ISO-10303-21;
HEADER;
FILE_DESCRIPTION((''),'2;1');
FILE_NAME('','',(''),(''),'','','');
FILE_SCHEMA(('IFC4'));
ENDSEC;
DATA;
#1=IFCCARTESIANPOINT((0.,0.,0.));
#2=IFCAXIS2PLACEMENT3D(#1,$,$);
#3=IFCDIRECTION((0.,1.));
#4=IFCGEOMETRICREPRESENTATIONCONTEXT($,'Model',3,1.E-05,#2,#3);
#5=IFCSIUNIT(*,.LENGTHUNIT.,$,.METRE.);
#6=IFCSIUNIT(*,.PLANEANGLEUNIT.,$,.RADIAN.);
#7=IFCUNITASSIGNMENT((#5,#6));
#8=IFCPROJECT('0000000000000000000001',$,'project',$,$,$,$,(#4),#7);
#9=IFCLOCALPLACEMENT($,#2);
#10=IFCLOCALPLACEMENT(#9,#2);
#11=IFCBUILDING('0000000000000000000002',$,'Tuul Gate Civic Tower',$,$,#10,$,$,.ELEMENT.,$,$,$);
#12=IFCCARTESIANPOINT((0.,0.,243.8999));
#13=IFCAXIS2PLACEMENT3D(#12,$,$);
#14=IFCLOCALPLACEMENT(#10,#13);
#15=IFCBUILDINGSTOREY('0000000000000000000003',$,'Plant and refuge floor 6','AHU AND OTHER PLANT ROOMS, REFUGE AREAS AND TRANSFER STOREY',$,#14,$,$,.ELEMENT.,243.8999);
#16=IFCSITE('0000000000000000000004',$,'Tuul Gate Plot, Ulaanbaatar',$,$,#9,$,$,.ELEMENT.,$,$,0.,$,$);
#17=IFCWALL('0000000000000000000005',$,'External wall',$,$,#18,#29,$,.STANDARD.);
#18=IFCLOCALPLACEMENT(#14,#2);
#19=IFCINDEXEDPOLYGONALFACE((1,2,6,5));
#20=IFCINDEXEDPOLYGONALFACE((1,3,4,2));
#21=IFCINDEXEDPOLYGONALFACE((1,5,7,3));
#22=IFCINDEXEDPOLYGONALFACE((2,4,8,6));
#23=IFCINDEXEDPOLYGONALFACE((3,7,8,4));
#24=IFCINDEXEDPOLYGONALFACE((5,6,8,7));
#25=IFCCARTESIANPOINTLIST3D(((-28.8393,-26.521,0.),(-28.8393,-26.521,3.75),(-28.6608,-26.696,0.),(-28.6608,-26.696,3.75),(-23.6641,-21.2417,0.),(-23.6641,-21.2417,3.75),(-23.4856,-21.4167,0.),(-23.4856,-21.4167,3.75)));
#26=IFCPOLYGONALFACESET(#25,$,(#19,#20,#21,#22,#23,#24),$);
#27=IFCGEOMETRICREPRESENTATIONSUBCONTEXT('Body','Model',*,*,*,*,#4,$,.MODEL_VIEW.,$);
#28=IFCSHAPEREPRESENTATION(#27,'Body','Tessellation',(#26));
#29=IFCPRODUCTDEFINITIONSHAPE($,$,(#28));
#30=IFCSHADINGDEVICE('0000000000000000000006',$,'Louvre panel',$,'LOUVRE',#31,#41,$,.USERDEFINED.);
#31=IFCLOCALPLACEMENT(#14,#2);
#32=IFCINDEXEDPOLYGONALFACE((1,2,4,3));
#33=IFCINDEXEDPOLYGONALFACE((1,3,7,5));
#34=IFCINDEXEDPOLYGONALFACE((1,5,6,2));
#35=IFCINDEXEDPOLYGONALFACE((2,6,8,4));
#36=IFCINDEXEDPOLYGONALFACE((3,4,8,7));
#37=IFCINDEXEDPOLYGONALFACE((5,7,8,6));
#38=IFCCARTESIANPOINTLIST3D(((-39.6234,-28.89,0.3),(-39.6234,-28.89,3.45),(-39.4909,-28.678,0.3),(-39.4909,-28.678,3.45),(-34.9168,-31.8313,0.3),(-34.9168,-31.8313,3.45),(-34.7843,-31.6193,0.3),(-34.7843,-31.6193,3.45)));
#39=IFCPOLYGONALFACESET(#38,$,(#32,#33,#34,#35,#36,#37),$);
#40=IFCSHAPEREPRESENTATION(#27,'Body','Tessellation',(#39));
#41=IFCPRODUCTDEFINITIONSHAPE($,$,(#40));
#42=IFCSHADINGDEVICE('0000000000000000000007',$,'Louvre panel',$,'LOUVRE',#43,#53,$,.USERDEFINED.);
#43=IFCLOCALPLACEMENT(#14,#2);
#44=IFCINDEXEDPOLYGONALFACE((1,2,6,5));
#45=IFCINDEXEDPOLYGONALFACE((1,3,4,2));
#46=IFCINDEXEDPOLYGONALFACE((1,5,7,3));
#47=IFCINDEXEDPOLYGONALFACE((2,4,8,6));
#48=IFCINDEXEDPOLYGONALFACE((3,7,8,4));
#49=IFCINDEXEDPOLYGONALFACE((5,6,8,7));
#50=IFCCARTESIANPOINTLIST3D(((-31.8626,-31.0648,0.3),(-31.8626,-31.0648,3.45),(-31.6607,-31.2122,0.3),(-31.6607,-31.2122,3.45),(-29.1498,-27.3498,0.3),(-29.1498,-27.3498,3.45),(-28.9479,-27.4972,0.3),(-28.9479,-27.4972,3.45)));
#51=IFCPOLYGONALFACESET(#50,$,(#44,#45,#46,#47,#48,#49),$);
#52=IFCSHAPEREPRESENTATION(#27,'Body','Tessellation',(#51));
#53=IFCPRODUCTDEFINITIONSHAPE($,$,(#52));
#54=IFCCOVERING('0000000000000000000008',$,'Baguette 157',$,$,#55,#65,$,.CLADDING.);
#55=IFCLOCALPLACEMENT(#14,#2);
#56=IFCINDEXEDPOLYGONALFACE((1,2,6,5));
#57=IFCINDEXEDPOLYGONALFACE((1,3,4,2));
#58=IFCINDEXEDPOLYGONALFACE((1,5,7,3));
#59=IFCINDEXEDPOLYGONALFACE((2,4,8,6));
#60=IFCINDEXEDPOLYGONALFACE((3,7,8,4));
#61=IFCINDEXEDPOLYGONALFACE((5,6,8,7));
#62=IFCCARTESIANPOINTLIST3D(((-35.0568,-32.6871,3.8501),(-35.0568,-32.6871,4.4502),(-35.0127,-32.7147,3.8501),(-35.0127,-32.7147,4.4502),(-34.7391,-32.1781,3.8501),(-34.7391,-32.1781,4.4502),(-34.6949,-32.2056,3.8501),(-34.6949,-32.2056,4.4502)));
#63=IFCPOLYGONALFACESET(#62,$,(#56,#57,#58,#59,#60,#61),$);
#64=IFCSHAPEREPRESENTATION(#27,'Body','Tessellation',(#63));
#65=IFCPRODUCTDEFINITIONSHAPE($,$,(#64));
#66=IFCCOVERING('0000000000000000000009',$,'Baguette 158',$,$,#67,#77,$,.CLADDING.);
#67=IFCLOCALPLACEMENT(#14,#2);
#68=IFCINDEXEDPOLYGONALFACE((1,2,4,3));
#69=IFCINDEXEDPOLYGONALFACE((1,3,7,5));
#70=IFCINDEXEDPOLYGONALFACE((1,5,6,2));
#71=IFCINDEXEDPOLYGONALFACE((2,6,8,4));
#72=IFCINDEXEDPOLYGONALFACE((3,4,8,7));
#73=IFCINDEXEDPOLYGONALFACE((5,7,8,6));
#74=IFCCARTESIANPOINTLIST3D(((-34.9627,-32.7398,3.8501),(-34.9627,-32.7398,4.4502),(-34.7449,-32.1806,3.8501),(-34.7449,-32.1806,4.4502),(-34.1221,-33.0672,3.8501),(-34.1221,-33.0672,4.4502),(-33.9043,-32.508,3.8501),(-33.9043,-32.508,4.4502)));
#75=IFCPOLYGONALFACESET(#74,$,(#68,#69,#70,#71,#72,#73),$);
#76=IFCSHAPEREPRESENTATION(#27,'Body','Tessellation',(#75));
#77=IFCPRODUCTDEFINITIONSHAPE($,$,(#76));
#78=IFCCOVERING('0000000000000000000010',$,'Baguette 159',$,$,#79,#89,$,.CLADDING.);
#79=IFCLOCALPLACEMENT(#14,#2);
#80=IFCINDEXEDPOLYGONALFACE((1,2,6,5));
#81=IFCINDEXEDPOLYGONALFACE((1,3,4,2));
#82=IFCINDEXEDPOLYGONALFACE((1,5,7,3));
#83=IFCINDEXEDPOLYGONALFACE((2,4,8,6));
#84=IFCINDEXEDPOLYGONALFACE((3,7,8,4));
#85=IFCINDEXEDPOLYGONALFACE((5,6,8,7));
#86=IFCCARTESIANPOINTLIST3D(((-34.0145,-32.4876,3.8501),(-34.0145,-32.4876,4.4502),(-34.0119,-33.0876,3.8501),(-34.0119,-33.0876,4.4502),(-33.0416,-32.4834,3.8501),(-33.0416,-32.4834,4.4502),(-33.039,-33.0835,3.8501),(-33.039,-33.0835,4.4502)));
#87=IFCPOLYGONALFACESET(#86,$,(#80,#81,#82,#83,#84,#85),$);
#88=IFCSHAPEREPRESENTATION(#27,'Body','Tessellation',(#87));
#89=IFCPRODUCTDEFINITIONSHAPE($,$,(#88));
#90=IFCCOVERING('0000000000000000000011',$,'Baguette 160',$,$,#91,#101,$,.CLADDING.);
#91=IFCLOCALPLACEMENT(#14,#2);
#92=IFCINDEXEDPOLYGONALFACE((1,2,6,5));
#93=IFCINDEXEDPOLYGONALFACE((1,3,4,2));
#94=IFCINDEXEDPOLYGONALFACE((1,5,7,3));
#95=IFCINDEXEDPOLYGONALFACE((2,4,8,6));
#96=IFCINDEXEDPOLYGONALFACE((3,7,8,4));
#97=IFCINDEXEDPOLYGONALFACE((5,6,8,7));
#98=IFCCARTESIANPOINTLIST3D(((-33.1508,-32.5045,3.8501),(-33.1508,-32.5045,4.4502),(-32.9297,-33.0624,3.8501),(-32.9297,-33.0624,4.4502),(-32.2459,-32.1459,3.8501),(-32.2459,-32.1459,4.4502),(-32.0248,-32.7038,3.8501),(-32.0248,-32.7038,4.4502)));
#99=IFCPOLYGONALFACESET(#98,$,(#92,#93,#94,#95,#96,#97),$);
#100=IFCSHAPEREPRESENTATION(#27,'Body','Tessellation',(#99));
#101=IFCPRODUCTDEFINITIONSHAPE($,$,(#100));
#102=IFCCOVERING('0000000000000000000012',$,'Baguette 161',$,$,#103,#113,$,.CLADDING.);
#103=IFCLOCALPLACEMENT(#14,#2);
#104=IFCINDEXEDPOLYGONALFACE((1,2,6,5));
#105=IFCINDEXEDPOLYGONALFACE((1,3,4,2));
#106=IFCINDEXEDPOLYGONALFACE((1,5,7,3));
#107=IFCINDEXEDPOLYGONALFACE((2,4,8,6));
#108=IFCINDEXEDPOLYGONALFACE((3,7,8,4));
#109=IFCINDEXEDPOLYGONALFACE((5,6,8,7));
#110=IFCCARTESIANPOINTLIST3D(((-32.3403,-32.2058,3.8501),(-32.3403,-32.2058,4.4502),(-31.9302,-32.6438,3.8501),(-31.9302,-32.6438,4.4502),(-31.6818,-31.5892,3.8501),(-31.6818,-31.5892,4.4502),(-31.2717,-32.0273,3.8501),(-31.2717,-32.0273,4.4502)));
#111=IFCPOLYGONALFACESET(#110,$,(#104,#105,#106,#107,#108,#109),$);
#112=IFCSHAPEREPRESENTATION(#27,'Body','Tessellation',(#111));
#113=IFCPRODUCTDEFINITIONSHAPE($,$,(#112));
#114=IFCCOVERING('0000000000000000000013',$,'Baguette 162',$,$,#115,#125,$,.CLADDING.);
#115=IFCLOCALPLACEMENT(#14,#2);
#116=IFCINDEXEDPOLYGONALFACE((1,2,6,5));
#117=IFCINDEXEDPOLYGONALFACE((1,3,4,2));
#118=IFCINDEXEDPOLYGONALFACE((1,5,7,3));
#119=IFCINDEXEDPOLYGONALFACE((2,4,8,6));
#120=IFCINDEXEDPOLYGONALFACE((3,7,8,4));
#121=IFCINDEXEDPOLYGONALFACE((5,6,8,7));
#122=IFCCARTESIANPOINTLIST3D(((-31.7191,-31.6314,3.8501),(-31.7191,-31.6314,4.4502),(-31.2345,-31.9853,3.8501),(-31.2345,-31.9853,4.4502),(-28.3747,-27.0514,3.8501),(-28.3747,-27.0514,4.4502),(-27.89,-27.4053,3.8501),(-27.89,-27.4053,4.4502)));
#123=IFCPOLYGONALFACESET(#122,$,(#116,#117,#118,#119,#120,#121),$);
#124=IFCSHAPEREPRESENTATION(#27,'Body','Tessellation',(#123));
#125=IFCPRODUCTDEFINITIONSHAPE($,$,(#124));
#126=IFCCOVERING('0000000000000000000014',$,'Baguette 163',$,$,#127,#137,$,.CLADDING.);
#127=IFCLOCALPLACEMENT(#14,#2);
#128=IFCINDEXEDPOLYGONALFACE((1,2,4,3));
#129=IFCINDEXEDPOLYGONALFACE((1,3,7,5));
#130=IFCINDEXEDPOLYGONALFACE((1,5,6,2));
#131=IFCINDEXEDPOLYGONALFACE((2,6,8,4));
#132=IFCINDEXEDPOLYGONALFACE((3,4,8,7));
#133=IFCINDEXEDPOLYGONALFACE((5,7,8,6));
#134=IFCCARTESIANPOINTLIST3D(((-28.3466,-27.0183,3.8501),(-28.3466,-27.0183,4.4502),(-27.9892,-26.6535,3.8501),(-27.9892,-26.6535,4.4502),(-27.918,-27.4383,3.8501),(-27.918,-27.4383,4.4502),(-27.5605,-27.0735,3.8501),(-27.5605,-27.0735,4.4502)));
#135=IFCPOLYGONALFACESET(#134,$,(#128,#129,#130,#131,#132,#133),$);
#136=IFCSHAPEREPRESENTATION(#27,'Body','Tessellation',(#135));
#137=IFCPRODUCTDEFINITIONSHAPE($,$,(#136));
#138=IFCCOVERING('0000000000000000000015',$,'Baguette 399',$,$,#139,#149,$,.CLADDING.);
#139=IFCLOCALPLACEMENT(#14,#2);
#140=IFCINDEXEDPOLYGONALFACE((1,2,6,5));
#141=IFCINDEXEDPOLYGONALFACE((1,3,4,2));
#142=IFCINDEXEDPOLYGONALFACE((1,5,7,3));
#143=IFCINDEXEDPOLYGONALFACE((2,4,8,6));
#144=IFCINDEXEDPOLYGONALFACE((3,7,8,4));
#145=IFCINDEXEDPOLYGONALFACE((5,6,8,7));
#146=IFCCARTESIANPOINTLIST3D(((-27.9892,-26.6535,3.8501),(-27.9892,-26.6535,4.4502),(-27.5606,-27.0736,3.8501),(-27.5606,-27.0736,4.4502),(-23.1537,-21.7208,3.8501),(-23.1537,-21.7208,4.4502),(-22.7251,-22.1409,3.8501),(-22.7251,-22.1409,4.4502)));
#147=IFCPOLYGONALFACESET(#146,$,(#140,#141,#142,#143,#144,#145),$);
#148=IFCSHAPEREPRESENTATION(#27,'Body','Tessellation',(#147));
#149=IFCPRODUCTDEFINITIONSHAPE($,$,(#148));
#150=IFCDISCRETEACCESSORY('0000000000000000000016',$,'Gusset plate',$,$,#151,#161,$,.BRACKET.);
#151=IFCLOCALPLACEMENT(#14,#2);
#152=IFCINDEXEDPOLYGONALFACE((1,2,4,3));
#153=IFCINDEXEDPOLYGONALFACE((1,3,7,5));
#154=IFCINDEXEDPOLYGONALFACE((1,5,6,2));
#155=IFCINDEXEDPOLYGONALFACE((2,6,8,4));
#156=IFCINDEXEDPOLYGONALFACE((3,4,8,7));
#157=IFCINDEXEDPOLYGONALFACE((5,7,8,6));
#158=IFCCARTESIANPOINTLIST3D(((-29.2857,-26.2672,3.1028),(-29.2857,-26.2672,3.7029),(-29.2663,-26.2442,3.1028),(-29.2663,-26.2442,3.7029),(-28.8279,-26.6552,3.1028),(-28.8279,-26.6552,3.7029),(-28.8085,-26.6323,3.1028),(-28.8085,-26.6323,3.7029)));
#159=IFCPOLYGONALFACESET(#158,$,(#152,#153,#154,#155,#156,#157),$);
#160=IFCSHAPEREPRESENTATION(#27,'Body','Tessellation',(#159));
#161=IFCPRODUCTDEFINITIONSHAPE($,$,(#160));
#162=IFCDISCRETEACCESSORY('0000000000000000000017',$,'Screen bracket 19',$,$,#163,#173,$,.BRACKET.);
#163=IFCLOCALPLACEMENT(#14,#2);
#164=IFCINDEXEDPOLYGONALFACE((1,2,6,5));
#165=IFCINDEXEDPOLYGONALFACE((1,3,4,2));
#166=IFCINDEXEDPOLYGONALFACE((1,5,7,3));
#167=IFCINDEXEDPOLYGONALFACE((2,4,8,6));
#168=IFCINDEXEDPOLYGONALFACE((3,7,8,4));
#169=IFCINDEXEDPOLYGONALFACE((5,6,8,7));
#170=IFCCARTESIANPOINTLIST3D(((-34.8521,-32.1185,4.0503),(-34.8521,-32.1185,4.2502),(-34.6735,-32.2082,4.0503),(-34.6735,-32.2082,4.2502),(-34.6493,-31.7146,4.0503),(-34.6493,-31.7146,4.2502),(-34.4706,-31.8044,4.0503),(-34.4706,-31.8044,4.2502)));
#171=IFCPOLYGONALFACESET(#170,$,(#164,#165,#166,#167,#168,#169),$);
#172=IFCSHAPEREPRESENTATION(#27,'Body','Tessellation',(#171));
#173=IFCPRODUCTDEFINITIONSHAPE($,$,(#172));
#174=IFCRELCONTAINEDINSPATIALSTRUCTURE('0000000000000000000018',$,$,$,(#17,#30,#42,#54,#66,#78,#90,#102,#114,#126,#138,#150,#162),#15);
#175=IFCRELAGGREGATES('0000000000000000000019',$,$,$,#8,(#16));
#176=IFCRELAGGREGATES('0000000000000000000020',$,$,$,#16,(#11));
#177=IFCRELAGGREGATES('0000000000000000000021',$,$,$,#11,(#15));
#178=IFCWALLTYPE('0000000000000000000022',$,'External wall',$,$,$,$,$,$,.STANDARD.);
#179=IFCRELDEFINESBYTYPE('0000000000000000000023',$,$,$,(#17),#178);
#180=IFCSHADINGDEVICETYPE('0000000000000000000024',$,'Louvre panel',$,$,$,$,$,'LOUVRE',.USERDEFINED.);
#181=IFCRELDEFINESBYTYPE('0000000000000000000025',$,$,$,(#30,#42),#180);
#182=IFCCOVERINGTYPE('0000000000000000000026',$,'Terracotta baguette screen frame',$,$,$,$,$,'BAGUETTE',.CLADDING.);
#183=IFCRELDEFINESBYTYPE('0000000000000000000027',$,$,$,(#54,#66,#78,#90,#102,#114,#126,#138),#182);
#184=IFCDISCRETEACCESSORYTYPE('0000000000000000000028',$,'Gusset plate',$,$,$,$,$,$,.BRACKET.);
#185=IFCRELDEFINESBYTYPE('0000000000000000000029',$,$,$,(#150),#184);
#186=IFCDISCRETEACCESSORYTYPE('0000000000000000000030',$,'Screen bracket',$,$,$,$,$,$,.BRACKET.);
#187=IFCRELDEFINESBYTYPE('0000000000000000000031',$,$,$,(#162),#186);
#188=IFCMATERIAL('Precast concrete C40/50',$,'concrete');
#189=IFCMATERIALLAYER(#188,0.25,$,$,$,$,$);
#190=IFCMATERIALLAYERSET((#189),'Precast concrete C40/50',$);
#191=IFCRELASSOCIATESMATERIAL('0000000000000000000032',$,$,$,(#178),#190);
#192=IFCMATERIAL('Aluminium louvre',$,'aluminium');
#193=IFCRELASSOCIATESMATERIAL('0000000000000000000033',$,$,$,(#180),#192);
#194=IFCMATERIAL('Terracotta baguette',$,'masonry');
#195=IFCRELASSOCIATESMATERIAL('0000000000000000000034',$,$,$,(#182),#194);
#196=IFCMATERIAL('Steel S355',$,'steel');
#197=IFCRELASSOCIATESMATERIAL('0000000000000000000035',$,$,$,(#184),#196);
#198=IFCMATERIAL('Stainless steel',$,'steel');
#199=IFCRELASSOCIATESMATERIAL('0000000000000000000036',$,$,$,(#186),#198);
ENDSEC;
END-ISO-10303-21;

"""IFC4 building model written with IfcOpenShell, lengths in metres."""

from ifc_helpers import new_model, si_unit, direction, frame, frame_2d, origin, origin_2d, place, context, subcontext, project, spatial, rectangle, extrude, material, layer, layer_set, material_profile, profile_set, type_object, element, save


model = new_model("IFC4")

# Units and contexts
model_context = context("Model", 3, precision=1e-05, world=origin(), true_north=direction((0.0, 1.0)))
body_context = subcontext(model_context, "Body", "Model", "MODEL_VIEW")
ifc_project = project(units=[si_unit("LENGTHUNIT", "METRE"), si_unit("PLANEANGLEUNIT", "RADIAN")], contexts=[model_context])

# Site, building, storey
site_placement = place(None, origin())
site = spatial("IfcSite", under=ifc_project, at=site_placement, Name="Tuul Gate Plot, Ulaanbaatar", CompositionType="ELEMENT", RefElevation=0.0)
building_placement = place(site_placement, origin())
building = spatial("IfcBuilding", under=site, at=building_placement, Name="Tuul Gate Civic Tower", CompositionType="ELEMENT")
storey_placement = place(building_placement, frame((0.0, 0.0, 243.8999)))
storey = spatial("IfcBuildingStorey", under=building, at=storey_placement, Name="Plant and refuge floor 6", Description="AHU AND OTHER PLANT ROOMS, REFUGE AREAS AND TRANSFER STOREY", CompositionType="ELEMENT", Elevation=243.8999)

# Wall
ifc_material_1 = material(Name="Precast concrete C40/50", Category="concrete")
ifc_layer = layer(ifc_material_1, 0.25)
ifc_layer_set = layer_set([ifc_layer], Name="Precast concrete C40/50")
wall_type = type_object("IfcWallType", Name="External wall", PredefinedType="STANDARD", material=ifc_layer_set)
wall_1_placement = place(storey_placement, frame((-28.75, -26.6084, 0.0), z_axis=(0.0, 0.0, 1.0), x_axis=(0.700038, 0.714106, 0.0)))
element("IfcWall", 1, at=wall_1_placement, inside=storey, type_object=wall_type, Name="External wall", PredefinedType="STANDARD", context=body_context, shape_type="SweptSolid", body=[
    extrude(rectangle(XDim=7.3928, YDim=0.25, at=frame_2d((3.6963, 0.0))), origin(), (0.0, 0.0, 1.0), 3.75),
])

# Shading devices
ifc_material_2 = material(Name="Aluminium louvre", Category="aluminium")
shading_device_type = type_object("IfcShadingDeviceType", Name="Louvre panel", ElementType="LOUVRE", PredefinedType="USERDEFINED", material=ifc_material_2)
shading_device_1_placement = place(storey_placement, frame((-37.2039, -30.2546, 0.3), z_axis=(0.0, 0.0, 1.0), x_axis=(-0.52995, -0.848029, 0.0)))
element("IfcShadingDevice", 2, at=shading_device_1_placement, inside=storey, type_object=shading_device_type, Name="Louvre panel", ObjectType="LOUVRE", PredefinedType="USERDEFINED", context=body_context, shape_type="SweptSolid", body=[
    extrude(rectangle(XDim=0.25, YDim=5.55, at=origin_2d()), origin(), (0.0, 0.0, 1.0), 3.1499),
])
shading_device_2_placement = place(storey_placement, frame((-30.4053, -29.281, 0.3), z_axis=(0.0, 0.0, 1.0), x_axis=(0.807595, -0.589737, 0.0)))
element("IfcShadingDevice", 3, at=shading_device_2_placement, inside=storey, type_object=shading_device_type, Name="Louvre panel", ObjectType="LOUVRE", PredefinedType="USERDEFINED", context=body_context, shape_type="SweptSolid", body=[
    extrude(rectangle(XDim=0.25, YDim=4.6001, at=origin_2d()), origin(), (0.0, 0.0, 1.0), 3.1499),
])

# Coverings
ifc_material_3 = material(Name="Terracotta baguette", Category="masonry")
ifc_material_profile_1 = material_profile(ifc_material_3, rectangle(XDim=0.6001, YDim=0.6001, at=origin_2d()), Name="Terracotta baguette screen frame")
ifc_profile_set_1 = profile_set([ifc_material_profile_1], Name="Terracotta baguette")
covering_type = type_object("IfcCoveringType", Name="Terracotta baguette screen frame", ElementType="BAGUETTE", PredefinedType="CLADDING", material=ifc_profile_set_1)
covering_1_placement = place(storey_placement, frame((-34.8979, -32.4326, 4.1501), z_axis=(0.848261, -0.529578, 0.0), x_axis=(0.529578, 0.848261, 0.0)))
element("IfcCovering", 4, at=covering_1_placement, inside=storey, type_object=covering_type, Name="Baguette 157", PredefinedType="CLADDING", context=body_context, shape_type="SweptSolid", body=[
    extrude(rectangle(XDim=0.6001, YDim=0.6001, at=origin_2d()), origin(), (0.0, 0.0, 1.0), 0.052),
])
covering_2_placement = place(storey_placement, frame((-34.8538, -32.4602, 4.1501), z_axis=(0.931817, -0.362929, 0.0), x_axis=(0.362929, 0.931817, 0.0)))
element("IfcCovering", 5, at=covering_2_placement, inside=storey, type_object=covering_type, Name="Baguette 158", PredefinedType="CLADDING", context=body_context, shape_type="SweptSolid", body=[
    extrude(rectangle(XDim=0.6001, YDim=0.6001, at=origin_2d()), origin(), (0.0, 0.0, 1.0), 0.9021),
])
covering_3_placement = place(storey_placement, frame((-34.0132, -32.7876, 4.1501), z_axis=(0.999991, 0.004266, 0.0), x_axis=(-0.004266, 0.999991, 0.0)))
element("IfcCovering", 6, at=covering_3_placement, inside=storey, type_object=covering_type, Name="Baguette 159", PredefinedType="CLADDING", context=body_context, shape_type="SweptSolid", body=[
    extrude(rectangle(XDim=0.6001, YDim=0.6001, at=origin_2d()), origin(), (0.0, 0.0, 1.0), 0.9729),
])
covering_4_placement = place(storey_placement, frame((-33.0403, -32.7834, 4.1501), z_axis=(0.929665, 0.368405, 0.0), x_axis=(-0.368405, 0.929665, 0.0)))
element("IfcCovering", 7, at=covering_4_placement, inside=storey, type_object=covering_type, Name="Baguette 160", PredefinedType="CLADDING", context=body_context, shape_type="SweptSolid", body=[
    extrude(rectangle(XDim=0.6001, YDim=0.6001, at=origin_2d()), origin(), (0.0, 0.0, 1.0), 0.9734),
])
covering_5_placement = place(storey_placement, frame((-32.1353, -32.4248, 4.1501), z_axis=(0.730001, 0.683446, 0.0), x_axis=(-0.683446, 0.730001, 0.0)))
element("IfcCovering", 8, at=covering_5_placement, inside=storey, type_object=covering_type, Name="Baguette 161", PredefinedType="CLADDING", context=body_context, shape_type="SweptSolid", body=[
    extrude(rectangle(XDim=0.6001, YDim=0.6001, at=origin_2d()), origin(), (0.0, 0.0, 1.0), 0.9021),
])
covering_6_placement = place(storey_placement, frame((-31.4768, -31.8083, 4.1501), z_axis=(0.589729, 0.807601, 0.0), x_axis=(-0.807601, 0.589729, 0.0)))
element("IfcCovering", 9, at=covering_6_placement, inside=storey, type_object=covering_type, Name="Baguette 162", PredefinedType="CLADDING", context=body_context, shape_type="SweptSolid", body=[
    extrude(rectangle(XDim=0.6001, YDim=0.6001, at=origin_2d()), origin(), (0.0, 0.0, 1.0), 5.6711),
])
covering_7_placement = place(storey_placement, frame((-28.1323, -27.2283, 4.1501), z_axis=(0.699899, 0.714242, 0.0), x_axis=(-0.714242, 0.699899, 0.0)))
element("IfcCovering", 10, at=covering_7_placement, inside=storey, type_object=covering_type, Name="Baguette 163", PredefinedType="CLADDING", context=body_context, shape_type="SweptSolid", body=[
    extrude(rectangle(XDim=0.6001, YDim=0.6001, at=origin_2d()), origin(), (0.0, 0.0, 1.0), 0.5107),
])
covering_8_placement = place(storey_placement, frame((-27.7749, -26.8635, 4.1501), z_axis=(0.700038, 0.714105, 0.0), x_axis=(-0.714105, 0.700038, 0.0)))
element("IfcCovering", 11, at=covering_8_placement, inside=storey, type_object=covering_type, Name="Baguette 399", PredefinedType="CLADDING", context=body_context, shape_type="SweptSolid", body=[
    extrude(rectangle(XDim=0.6001, YDim=0.6001, at=origin_2d()), origin(), (0.0, 0.0, 1.0), 6.9075),
])

# Discrete accessories
ifc_material_4 = material(Name="Steel S355", Category="steel")
discrete_accessory_type_1 = type_object("IfcDiscreteAccessoryType", Name="Gusset plate", PredefinedType="BRACKET", material=ifc_material_4)
discrete_accessory_1_placement = place(storey_placement, frame((-29.0471, -26.4497, 3.1028), z_axis=(0.0, 0.0, 1.0), x_axis=(-0.762848, 0.646578, 0.0)))
element("IfcDiscreteAccessory", 12, at=discrete_accessory_1_placement, inside=storey, type_object=discrete_accessory_type_1, Name="Gusset plate", PredefinedType="BRACKET", context=body_context, shape_type="SweptSolid", body=[
    extrude(rectangle(XDim=0.6001, YDim=0.03, at=origin_2d()), origin(), (0.0, 0.0, 1.0), 0.6001),
])
ifc_material_5 = material(Name="Stainless steel", Category="steel")
discrete_accessory_type_2 = type_object("IfcDiscreteAccessoryType", Name="Screen bracket", PredefinedType="BRACKET", material=ifc_material_5)
discrete_accessory_2_placement = place(storey_placement, frame((-34.6614, -31.9614, 4.0503), z_axis=(0.0, 0.0, 1.0), x_axis=(-0.448857, -0.893603, 0.0)))
element("IfcDiscreteAccessory", 13, at=discrete_accessory_2_placement, inside=storey, type_object=discrete_accessory_type_2, Name="Screen bracket 19", PredefinedType="BRACKET", context=body_context, shape_type="SweptSolid", body=[
    extrude(rectangle(XDim=0.4519, YDim=0.2, at=origin_2d()), origin(), (0.0, 0.0, 1.0), 0.2),
])

save(model, "model.ifc")
